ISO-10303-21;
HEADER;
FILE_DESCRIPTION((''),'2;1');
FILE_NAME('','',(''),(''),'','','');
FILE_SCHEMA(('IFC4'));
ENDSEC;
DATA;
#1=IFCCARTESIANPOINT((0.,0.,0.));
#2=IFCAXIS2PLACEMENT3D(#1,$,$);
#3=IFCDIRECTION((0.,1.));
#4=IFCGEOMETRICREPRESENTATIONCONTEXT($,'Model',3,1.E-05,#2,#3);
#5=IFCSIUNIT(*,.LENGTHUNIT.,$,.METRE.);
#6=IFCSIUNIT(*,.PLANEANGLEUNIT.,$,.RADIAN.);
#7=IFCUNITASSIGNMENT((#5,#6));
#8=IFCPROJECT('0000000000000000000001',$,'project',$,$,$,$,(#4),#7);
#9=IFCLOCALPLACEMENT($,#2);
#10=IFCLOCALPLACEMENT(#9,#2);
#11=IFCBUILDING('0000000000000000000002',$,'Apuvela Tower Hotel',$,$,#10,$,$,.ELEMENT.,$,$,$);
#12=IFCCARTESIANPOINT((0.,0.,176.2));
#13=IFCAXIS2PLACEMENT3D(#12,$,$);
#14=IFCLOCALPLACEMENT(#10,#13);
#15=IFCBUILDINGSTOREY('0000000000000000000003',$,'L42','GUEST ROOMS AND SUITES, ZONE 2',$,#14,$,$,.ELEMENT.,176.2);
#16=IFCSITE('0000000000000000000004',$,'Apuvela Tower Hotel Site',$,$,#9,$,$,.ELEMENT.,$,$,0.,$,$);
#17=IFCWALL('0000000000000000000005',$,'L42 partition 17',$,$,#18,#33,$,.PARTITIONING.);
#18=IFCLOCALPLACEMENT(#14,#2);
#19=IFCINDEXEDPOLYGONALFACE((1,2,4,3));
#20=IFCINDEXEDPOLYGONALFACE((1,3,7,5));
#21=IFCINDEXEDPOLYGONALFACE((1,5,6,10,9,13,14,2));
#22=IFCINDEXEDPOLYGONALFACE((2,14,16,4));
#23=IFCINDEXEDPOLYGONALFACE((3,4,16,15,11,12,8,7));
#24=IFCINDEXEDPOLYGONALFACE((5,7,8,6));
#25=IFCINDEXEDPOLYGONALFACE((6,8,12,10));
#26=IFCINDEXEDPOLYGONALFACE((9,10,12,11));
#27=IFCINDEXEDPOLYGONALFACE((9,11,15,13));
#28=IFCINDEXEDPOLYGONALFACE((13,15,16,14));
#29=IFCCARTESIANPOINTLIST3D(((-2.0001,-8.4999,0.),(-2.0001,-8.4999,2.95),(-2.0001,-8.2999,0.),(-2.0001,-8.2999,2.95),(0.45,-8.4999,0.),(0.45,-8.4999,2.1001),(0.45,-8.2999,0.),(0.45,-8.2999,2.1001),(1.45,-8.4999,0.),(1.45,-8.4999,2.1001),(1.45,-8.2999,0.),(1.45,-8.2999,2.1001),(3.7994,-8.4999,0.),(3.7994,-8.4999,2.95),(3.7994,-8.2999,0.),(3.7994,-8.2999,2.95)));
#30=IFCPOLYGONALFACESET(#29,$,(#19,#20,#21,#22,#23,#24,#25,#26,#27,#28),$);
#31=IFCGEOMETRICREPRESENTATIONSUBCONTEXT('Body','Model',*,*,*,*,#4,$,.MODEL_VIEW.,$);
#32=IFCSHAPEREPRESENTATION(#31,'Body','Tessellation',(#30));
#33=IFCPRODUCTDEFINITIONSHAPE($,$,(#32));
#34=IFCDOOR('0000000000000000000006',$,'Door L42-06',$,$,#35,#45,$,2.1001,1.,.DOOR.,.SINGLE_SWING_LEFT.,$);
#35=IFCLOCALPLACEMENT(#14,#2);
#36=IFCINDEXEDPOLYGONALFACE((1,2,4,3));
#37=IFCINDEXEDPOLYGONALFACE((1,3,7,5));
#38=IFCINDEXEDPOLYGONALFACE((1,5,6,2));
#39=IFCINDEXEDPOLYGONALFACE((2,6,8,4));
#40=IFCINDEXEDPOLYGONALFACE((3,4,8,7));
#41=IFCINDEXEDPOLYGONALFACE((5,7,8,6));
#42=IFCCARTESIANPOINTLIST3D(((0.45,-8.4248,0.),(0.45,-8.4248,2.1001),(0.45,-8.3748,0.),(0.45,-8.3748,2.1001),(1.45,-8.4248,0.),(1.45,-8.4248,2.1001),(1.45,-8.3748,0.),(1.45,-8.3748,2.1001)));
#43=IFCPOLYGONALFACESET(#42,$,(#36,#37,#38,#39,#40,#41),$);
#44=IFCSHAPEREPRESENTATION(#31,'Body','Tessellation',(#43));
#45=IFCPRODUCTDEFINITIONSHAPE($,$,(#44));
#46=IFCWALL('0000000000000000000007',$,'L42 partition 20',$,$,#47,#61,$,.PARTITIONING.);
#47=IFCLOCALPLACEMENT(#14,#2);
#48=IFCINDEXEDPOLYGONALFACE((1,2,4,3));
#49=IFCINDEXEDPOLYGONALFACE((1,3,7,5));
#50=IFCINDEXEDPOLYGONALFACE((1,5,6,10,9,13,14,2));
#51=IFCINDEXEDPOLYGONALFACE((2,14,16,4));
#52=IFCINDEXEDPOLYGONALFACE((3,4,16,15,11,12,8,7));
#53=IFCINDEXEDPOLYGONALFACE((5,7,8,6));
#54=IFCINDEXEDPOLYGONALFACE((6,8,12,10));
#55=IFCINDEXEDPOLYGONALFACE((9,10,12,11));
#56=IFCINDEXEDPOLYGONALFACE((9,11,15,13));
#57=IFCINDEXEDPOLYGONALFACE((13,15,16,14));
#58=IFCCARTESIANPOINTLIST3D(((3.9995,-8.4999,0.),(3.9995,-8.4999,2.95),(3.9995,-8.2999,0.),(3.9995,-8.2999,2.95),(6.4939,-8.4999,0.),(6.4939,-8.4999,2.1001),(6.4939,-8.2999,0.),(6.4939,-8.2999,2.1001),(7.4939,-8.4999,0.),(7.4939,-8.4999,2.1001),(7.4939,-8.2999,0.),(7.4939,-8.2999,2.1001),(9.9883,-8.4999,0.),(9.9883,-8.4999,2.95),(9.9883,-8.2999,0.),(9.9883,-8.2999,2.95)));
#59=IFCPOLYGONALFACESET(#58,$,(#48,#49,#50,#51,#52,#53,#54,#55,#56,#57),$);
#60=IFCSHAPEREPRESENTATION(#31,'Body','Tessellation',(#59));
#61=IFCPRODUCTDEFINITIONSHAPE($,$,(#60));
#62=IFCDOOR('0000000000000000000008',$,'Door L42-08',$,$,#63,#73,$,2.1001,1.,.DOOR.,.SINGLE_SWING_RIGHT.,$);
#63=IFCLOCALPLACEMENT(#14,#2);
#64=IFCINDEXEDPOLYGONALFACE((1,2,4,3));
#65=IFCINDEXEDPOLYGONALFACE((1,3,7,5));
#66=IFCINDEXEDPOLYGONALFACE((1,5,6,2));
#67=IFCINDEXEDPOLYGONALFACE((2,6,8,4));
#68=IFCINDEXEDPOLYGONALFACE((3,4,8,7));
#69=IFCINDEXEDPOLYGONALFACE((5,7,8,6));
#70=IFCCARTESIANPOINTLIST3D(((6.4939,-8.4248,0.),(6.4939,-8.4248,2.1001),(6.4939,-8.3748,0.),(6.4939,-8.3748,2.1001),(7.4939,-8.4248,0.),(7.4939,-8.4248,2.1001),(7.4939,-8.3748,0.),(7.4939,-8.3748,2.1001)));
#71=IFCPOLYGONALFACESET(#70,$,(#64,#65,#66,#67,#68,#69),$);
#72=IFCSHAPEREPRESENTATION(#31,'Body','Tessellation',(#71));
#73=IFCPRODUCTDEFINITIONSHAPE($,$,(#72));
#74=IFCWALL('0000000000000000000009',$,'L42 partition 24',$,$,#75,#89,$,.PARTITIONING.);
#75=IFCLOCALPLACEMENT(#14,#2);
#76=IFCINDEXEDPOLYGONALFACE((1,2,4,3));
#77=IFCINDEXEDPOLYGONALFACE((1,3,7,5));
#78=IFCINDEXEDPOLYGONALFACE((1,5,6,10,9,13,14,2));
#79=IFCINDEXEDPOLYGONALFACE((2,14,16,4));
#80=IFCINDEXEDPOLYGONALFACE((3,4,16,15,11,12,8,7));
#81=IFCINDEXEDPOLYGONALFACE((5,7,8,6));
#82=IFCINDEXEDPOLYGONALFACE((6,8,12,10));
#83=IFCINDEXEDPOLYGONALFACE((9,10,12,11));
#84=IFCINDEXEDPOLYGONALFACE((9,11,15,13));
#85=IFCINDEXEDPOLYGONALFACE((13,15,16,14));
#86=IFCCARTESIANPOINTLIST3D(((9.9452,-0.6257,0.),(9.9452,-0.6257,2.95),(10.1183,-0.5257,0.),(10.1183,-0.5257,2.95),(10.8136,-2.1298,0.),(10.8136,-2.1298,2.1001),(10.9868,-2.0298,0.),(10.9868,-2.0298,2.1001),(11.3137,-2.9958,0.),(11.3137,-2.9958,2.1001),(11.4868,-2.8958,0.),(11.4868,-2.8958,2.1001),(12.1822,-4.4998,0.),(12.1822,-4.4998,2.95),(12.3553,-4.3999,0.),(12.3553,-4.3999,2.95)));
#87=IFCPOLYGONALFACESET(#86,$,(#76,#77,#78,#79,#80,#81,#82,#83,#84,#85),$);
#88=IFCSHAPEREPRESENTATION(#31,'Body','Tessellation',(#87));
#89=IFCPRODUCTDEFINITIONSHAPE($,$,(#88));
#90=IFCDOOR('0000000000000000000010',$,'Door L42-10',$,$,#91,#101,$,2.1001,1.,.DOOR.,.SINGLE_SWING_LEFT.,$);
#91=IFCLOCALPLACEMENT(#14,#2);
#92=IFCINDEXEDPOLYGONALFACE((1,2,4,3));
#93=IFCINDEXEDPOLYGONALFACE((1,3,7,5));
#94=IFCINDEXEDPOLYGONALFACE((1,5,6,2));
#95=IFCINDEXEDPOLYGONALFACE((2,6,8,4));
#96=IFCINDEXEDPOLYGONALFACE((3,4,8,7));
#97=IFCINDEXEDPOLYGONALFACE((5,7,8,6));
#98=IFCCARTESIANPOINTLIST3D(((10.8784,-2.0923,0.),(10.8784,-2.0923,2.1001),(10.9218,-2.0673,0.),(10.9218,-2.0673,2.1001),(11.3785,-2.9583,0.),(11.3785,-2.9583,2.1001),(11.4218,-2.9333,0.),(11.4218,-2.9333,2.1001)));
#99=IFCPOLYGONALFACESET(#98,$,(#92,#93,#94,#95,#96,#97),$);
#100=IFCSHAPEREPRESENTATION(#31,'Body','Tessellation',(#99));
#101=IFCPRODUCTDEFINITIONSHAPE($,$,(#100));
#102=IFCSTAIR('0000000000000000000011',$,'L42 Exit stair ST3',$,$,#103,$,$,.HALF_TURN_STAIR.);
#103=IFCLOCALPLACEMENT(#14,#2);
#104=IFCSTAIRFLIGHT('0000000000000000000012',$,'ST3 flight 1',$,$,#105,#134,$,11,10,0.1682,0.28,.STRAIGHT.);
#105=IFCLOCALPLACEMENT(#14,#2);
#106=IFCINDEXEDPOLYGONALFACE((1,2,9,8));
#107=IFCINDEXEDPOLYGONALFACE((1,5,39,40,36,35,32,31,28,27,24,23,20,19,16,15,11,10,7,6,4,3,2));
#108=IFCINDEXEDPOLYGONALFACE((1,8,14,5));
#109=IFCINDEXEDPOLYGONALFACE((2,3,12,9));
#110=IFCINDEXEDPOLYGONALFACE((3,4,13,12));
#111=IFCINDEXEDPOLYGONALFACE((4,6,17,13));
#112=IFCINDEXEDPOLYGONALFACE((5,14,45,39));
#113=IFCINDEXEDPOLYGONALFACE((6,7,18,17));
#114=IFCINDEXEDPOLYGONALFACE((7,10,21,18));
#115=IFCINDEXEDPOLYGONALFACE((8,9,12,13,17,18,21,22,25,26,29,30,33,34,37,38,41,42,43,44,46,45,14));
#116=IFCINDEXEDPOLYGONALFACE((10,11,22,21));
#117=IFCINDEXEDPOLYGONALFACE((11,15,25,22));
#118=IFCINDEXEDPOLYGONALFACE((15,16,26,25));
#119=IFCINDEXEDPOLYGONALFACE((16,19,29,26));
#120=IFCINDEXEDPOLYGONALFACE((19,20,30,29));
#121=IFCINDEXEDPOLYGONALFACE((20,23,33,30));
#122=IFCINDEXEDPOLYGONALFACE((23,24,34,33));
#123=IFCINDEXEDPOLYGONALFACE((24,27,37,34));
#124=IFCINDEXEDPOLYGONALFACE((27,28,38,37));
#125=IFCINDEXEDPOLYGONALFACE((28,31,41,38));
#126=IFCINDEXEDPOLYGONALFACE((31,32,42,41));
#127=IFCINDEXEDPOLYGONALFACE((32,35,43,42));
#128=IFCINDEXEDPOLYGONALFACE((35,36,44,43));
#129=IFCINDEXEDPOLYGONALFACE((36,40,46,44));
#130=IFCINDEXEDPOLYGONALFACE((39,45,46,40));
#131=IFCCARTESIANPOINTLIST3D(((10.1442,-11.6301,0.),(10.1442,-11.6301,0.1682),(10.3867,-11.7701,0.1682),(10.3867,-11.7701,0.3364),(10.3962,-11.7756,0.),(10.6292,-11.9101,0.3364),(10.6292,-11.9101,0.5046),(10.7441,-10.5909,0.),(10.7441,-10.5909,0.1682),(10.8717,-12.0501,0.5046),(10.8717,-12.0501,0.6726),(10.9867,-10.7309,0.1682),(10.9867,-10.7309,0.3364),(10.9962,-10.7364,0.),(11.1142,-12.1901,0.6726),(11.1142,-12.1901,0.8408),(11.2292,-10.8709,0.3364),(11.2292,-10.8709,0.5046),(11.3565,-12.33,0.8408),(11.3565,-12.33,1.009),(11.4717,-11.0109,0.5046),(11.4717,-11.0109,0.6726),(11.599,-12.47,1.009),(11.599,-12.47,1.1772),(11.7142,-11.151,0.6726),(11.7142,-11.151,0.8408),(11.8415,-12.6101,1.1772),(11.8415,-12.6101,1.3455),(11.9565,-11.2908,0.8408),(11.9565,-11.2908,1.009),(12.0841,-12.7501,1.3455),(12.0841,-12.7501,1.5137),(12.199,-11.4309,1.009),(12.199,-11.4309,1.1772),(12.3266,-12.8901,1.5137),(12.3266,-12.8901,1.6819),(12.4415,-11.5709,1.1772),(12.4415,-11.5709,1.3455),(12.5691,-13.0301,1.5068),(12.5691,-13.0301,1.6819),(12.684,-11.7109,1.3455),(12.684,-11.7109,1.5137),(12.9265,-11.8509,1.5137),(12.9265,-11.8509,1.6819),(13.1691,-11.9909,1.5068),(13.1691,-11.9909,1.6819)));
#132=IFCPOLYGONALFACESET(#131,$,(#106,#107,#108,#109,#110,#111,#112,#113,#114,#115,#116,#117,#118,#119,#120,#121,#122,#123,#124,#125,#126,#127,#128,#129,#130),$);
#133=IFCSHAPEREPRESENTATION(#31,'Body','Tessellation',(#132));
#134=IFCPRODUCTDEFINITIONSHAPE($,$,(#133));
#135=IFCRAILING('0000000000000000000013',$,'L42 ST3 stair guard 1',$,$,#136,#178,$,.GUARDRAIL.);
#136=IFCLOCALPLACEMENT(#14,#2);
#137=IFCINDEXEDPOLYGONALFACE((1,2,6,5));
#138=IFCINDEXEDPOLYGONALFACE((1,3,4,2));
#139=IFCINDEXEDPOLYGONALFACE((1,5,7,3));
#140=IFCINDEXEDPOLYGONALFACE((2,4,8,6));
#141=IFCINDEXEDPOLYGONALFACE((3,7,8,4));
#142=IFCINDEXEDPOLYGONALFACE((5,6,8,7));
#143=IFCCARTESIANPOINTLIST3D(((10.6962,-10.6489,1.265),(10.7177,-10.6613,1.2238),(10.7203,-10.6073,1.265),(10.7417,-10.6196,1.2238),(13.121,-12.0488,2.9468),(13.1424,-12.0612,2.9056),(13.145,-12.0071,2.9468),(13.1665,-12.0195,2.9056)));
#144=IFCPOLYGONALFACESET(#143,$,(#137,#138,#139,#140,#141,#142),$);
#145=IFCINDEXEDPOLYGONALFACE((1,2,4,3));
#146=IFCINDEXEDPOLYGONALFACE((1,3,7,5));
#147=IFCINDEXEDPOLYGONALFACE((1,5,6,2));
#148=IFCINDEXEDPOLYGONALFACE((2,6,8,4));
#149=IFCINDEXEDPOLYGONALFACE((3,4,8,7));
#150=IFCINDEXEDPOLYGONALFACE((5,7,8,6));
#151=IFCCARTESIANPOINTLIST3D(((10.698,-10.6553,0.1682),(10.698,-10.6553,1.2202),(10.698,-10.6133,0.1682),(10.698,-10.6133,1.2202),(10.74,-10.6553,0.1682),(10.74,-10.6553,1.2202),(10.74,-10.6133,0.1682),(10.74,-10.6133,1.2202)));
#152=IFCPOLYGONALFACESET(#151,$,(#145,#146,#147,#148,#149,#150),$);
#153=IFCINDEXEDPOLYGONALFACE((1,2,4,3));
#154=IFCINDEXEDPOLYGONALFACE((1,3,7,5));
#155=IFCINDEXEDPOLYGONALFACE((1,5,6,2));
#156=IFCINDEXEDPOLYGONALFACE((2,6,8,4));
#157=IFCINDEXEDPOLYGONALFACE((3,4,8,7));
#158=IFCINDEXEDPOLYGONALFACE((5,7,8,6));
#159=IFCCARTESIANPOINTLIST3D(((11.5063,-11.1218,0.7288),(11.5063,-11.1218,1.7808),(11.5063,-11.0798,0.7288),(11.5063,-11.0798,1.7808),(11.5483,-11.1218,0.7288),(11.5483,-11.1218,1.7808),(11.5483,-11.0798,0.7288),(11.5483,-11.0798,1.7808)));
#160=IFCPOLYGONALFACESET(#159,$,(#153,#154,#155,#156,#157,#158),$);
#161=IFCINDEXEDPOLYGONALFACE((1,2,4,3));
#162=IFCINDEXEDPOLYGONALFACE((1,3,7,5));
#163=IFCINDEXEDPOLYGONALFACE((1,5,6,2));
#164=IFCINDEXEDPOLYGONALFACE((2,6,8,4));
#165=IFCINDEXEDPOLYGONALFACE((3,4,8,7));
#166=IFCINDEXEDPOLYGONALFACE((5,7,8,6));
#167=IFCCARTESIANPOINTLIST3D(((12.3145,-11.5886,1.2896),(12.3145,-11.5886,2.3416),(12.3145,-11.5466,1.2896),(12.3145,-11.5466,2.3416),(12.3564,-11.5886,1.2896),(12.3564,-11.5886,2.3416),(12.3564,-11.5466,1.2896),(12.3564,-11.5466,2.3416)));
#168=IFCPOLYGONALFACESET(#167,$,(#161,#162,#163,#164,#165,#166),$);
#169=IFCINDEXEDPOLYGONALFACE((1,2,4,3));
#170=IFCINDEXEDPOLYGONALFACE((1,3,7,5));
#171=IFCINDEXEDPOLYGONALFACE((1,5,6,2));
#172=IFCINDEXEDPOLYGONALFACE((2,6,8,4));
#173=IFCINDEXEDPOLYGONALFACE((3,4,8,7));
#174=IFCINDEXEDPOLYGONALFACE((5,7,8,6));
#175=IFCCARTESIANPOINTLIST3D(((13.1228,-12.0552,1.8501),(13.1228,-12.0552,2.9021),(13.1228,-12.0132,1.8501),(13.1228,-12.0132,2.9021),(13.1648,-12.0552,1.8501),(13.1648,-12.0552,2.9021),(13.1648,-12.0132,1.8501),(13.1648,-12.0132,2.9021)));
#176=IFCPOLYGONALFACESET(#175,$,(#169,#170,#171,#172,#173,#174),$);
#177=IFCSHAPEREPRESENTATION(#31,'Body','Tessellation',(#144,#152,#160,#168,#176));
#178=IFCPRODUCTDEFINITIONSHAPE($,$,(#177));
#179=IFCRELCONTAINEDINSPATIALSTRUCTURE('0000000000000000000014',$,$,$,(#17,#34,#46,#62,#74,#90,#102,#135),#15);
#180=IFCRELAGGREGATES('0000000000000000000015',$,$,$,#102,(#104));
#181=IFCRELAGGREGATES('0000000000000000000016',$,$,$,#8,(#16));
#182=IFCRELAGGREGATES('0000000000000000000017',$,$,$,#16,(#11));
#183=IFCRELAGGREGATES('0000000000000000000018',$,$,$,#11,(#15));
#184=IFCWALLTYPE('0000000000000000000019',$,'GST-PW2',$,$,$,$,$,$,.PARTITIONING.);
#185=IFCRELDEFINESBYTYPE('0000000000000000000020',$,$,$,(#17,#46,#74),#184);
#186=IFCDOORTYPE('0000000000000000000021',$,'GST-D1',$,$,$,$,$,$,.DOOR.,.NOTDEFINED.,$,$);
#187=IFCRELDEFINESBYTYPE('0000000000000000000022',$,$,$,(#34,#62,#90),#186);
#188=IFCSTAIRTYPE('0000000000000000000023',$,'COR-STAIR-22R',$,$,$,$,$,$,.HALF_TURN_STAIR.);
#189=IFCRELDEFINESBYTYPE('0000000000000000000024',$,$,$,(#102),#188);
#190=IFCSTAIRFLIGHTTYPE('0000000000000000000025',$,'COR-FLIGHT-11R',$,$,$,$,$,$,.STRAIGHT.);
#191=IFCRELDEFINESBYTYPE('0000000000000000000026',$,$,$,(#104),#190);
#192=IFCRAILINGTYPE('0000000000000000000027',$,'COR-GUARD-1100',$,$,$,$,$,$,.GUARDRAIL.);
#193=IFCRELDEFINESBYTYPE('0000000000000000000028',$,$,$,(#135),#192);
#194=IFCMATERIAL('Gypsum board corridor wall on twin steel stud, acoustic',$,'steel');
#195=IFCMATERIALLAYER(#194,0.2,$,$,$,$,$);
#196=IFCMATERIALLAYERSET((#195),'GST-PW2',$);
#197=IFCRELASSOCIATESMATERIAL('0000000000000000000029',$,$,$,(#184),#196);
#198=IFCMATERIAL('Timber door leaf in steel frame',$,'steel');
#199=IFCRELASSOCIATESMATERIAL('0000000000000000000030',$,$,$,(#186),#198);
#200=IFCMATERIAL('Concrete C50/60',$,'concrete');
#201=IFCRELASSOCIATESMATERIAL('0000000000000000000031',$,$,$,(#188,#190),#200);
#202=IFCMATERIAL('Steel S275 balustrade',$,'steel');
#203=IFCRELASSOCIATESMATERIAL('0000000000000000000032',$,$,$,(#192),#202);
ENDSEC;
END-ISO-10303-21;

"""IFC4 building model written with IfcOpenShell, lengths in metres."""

from ifc_helpers import new_model, si_unit, direction, frame, frame_2d, origin, origin_2d, place, context, subcontext, project, spatial, polyline, rectangle, outline, extrude, material, layer, layer_set, type_object, element, fill, aggregate, save


model = new_model("IFC4")

# Units and contexts
model_context = context("Model", 3, precision=1e-05, world=origin(), true_north=direction((0.0, 1.0)))
body_context = subcontext(model_context, "Body", "Model", "MODEL_VIEW")
ifc_project = project(units=[si_unit("LENGTHUNIT", "METRE"), si_unit("PLANEANGLEUNIT", "RADIAN")], contexts=[model_context])

# Site, building, storey
site_placement = place(None, origin())
site = spatial("IfcSite", under=ifc_project, at=site_placement, Name="Apuvela Tower Hotel Site", CompositionType="ELEMENT", RefElevation=0.0)
building_placement = place(site_placement, origin())
building = spatial("IfcBuilding", under=site, at=building_placement, Name="Apuvela Tower Hotel", CompositionType="ELEMENT")
storey_placement = place(building_placement, frame((0.0, 0.0, 176.2)))
storey = spatial("IfcBuildingStorey", under=building, at=storey_placement, Name="L42", Description="GUEST ROOMS AND SUITES, ZONE 2", CompositionType="ELEMENT", Elevation=176.2)

# Shared definitions
ifc_material_1 = material(Name="Concrete C50/60", Category="concrete")

# Walls, openings, doors
ifc_material_2 = material(Name="Gypsum board corridor wall on twin steel stud, acoustic", Category="steel")
ifc_layer_1 = layer(ifc_material_2, 0.2)
ifc_layer_set_1 = layer_set([ifc_layer_1], Name="GST-PW2")
wall_type_1 = type_object("IfcWallType", Name="GST-PW2", PredefinedType="PARTITIONING", material=ifc_layer_set_1)
wall_1_placement = place(storey_placement, frame((3.7996, -8.3999, 0.0), z_axis=(0.0, 0.0, 1.0), x_axis=(-1.0, 0.0, 0.0)))
wall_1 = element("IfcWall", 1, at=wall_1_placement, inside=storey, type_object=wall_type_1, Name="L42 partition 17", PredefinedType="PARTITIONING", context=body_context, shape_type="SweptSolid", body=[
    extrude(rectangle(XDim=5.7996, YDim=0.2, at=frame_2d((2.8999, 0.0))), origin(), (0.0, 0.0, 1.0), 2.95),
])
opening_1_placement = place(wall_1_placement, frame((2.3496, 0.0, 0.0)))
opening_1 = element("IfcOpeningElement", 2, at=opening_1_placement, cuts=wall_1, PredefinedType="OPENING", context=body_context, shape_type="SweptSolid", body=[
    extrude(rectangle(XDim=1.0, YDim=2.1001, at=frame_2d((0.5, 1.05))), frame((0.0, 0.1099, 0.0), z_axis=(0.0, -1.0, 0.0), x_axis=(1.0, 0.0, 0.0)), (0.0, 0.0, 1.0), 0.22),
])
ifc_material_3 = material(Name="Timber door leaf in steel frame", Category="steel")
door_type_1 = type_object("IfcDoorType", Name="GST-D1", OperationType="NOTDEFINED", PredefinedType="DOOR", material=ifc_material_3)
door_1_placement = place(opening_1_placement, origin())
door_1 = element("IfcDoor", 3, at=door_1_placement, inside=storey, type_object=door_type_1, Name="Door L42-06", OperationType="SINGLE_SWING_LEFT", OverallHeight=2.1001, OverallWidth=1.0, PredefinedType="DOOR", context=body_context, shape_type="SweptSolid", body=[
    extrude(rectangle(XDim=1.0, YDim=2.1001, at=frame_2d((0.5, 1.05))), frame((0.0, 0.0249, 0.0), z_axis=(0.0, -1.0, 0.0), x_axis=(1.0, 0.0, 0.0)), (0.0, 0.0, 1.0), 0.05),
])
fill(opening_1, door_1)
wall_2_placement = place(storey_placement, frame((9.9883, -8.3999, 0.0), z_axis=(0.0, 0.0, 1.0), x_axis=(-1.0, 0.0, 0.0)))
wall_2 = element("IfcWall", 4, at=wall_2_placement, inside=storey, type_object=wall_type_1, Name="L42 partition 20", PredefinedType="PARTITIONING", context=body_context, shape_type="SweptSolid", body=[
    extrude(rectangle(XDim=5.9888, YDim=0.2, at=frame_2d((2.9944, 0.0))), origin(), (0.0, 0.0, 1.0), 2.95),
])
opening_2_placement = place(wall_2_placement, frame((2.4944, 0.0, 0.0)))
opening_2 = element("IfcOpeningElement", 5, at=opening_2_placement, cuts=wall_2, PredefinedType="OPENING", context=body_context, shape_type="SweptSolid", body=[
    extrude(rectangle(XDim=1.0, YDim=2.1001, at=frame_2d((0.5, 1.05))), frame((0.0, 0.1099, 0.0), z_axis=(0.0, -1.0, 0.0), x_axis=(1.0, 0.0, 0.0)), (0.0, 0.0, 1.0), 0.22),
])
door_2_placement = place(opening_2_placement, origin())
door_2 = element("IfcDoor", 6, at=door_2_placement, inside=storey, type_object=door_type_1, Name="Door L42-08", OperationType="SINGLE_SWING_RIGHT", OverallHeight=2.1001, OverallWidth=1.0, PredefinedType="DOOR", context=body_context, shape_type="SweptSolid", body=[
    extrude(rectangle(XDim=1.0, YDim=2.1001, at=frame_2d((0.5, 1.05))), frame((0.0, 0.0249, 0.0), z_axis=(0.0, -1.0, 0.0), x_axis=(1.0, 0.0, 0.0)), (0.0, 0.0, 1.0), 0.05),
])
fill(opening_2, door_2)
wall_3_placement = place(storey_placement, frame((10.0317, -0.5757, 0.0), z_axis=(0.0, 0.0, 1.0), x_axis=(0.500042, -0.866001, 0.0)))
wall_3 = element("IfcWall", 7, at=wall_3_placement, inside=storey, type_object=wall_type_1, Name="L42 partition 24", PredefinedType="PARTITIONING", context=body_context, shape_type="SweptSolid", body=[
    extrude(rectangle(XDim=4.4736, YDim=0.2, at=frame_2d((2.2368, 0.0))), origin(), (0.0, 0.0, 1.0), 2.95),
])
opening_3_placement = place(wall_3_placement, frame((1.7368, 0.0, 0.0)))
opening_3 = element("IfcOpeningElement", 8, at=opening_3_placement, cuts=wall_3, PredefinedType="OPENING", context=body_context, shape_type="SweptSolid", body=[
    extrude(rectangle(XDim=1.0, YDim=2.1001, at=frame_2d((0.5, 1.05))), frame((0.0, 0.1099, 0.0), z_axis=(0.0, -1.0, 0.0), x_axis=(1.0, 0.0, 0.0)), (0.0, 0.0, 1.0), 0.22),
])
door_3_placement = place(opening_3_placement, origin())
door_3 = element("IfcDoor", 9, at=door_3_placement, inside=storey, type_object=door_type_1, Name="Door L42-10", OperationType="SINGLE_SWING_LEFT", OverallHeight=2.1001, OverallWidth=1.0, PredefinedType="DOOR", context=body_context, shape_type="SweptSolid", body=[
    extrude(rectangle(XDim=1.0, YDim=2.1001, at=frame_2d((0.5, 1.05))), frame((0.0, 0.0249, 0.0), z_axis=(0.0, -1.0, 0.0), x_axis=(1.0, 0.0, 0.0)), (0.0, 0.0, 1.0), 0.05),
])
fill(opening_3, door_3)

# Stair, stair flight
stair_type = type_object("IfcStairType", Name="COR-STAIR-22R", PredefinedType="HALF_TURN_STAIR", material=ifc_material_1)
stair_placement = place(storey_placement, origin())
stair = element("IfcStair", 10, at=stair_placement, inside=storey, type_object=stair_type, Name="L42 Exit stair ST3", PredefinedType="HALF_TURN_STAIR")
stair_flight_type = type_object("IfcStairFlightType", Name="COR-FLIGHT-11R", PredefinedType="STRAIGHT", material=ifc_material_1)
stair_flight_placement = place(storey_placement, frame((10.4441, -11.1106, 0.0), z_axis=(0.0, 0.0, 1.0), x_axis=(0.866025, -0.5, 0.0)))
stair_flight = element("IfcStairFlight", 11, at=stair_flight_placement, type_object=stair_flight_type, Name="ST3 flight 1", NumberOfRisers=11, NumberOfTreads=10, PredefinedType="STRAIGHT", RiserHeight=0.1682, TreadLength=0.28, context=body_context, shape_type="SweptSolid", body=[
    extrude(outline(polyline([(0.0, 0.0), (0.0, 0.1682), (0.28, 0.1682), (0.28, 0.3364), (0.5601, 0.3364), (0.5601, 0.5046), (0.8401, 0.5046), (0.8401, 0.6726), (1.1201, 0.6726), (1.1201, 0.8408), (1.3999, 0.8408), (1.3999, 1.009), (1.6799, 1.009), (1.6799, 1.1772), (1.96, 1.1772), (1.96, 1.3455), (2.24, 1.3455), (2.24, 1.5137), (2.52, 1.5137), (2.52, 1.6819), (2.8, 1.6819), (2.8, 1.8501), (2.8, 1.5068), (0.291, 0.0), (0.0, 0.0)])), frame((0.0, 0.6001, 0.0), z_axis=(0.0, -1.0, 0.0), x_axis=(1.0, 0.0, 0.0)), (0.0, 0.0, 1.0), 1.2),
])
aggregate(stair, [stair_flight])

# Railing
ifc_material_4 = material(Name="Steel S275 balustrade", Category="steel")
railing_type_1 = type_object("IfcRailingType", Name="COR-GUARD-1100", PredefinedType="GUARDRAIL", material=ifc_material_4)
railing_1_placement = place(storey_placement, frame((10.719, -10.6343, 0.1682)))
element("IfcRailing", 12, at=railing_1_placement, inside=storey, type_object=railing_type_1, Name="L42 ST3 stair guard 1", PredefinedType="GUARDRAIL", context=body_context, shape_type="SweptSolid", body=[
    extrude(rectangle(XDim=0.0481, YDim=0.0481, at=origin_2d()), frame((0.0, 0.0, 1.0762), z_axis=(0.74239, -0.428601, 0.514934), x_axis=(0.499984, 0.866035, 0.0)), (0.0, 0.0, 1.0), 3.2661),
    extrude(rectangle(XDim=0.042, YDim=0.042, at=origin_2d()), origin(), (0.0, 0.0, 1.0), 1.052),
    extrude(rectangle(XDim=0.042, YDim=0.042, at=origin_2d()), frame((0.8083, -0.4666, 0.5605)), (0.0, 0.0, 1.0), 1.052),
    extrude(rectangle(XDim=0.042, YDim=0.042, at=origin_2d()), frame((1.6165, -0.9333, 1.1213)), (0.0, 0.0, 1.0), 1.052),
    extrude(rectangle(XDim=0.042, YDim=0.042, at=origin_2d()), frame((2.4248, -1.3999, 1.6819)), (0.0, 0.0, 1.0), 1.052),
])

save(model, "model.ifc")
